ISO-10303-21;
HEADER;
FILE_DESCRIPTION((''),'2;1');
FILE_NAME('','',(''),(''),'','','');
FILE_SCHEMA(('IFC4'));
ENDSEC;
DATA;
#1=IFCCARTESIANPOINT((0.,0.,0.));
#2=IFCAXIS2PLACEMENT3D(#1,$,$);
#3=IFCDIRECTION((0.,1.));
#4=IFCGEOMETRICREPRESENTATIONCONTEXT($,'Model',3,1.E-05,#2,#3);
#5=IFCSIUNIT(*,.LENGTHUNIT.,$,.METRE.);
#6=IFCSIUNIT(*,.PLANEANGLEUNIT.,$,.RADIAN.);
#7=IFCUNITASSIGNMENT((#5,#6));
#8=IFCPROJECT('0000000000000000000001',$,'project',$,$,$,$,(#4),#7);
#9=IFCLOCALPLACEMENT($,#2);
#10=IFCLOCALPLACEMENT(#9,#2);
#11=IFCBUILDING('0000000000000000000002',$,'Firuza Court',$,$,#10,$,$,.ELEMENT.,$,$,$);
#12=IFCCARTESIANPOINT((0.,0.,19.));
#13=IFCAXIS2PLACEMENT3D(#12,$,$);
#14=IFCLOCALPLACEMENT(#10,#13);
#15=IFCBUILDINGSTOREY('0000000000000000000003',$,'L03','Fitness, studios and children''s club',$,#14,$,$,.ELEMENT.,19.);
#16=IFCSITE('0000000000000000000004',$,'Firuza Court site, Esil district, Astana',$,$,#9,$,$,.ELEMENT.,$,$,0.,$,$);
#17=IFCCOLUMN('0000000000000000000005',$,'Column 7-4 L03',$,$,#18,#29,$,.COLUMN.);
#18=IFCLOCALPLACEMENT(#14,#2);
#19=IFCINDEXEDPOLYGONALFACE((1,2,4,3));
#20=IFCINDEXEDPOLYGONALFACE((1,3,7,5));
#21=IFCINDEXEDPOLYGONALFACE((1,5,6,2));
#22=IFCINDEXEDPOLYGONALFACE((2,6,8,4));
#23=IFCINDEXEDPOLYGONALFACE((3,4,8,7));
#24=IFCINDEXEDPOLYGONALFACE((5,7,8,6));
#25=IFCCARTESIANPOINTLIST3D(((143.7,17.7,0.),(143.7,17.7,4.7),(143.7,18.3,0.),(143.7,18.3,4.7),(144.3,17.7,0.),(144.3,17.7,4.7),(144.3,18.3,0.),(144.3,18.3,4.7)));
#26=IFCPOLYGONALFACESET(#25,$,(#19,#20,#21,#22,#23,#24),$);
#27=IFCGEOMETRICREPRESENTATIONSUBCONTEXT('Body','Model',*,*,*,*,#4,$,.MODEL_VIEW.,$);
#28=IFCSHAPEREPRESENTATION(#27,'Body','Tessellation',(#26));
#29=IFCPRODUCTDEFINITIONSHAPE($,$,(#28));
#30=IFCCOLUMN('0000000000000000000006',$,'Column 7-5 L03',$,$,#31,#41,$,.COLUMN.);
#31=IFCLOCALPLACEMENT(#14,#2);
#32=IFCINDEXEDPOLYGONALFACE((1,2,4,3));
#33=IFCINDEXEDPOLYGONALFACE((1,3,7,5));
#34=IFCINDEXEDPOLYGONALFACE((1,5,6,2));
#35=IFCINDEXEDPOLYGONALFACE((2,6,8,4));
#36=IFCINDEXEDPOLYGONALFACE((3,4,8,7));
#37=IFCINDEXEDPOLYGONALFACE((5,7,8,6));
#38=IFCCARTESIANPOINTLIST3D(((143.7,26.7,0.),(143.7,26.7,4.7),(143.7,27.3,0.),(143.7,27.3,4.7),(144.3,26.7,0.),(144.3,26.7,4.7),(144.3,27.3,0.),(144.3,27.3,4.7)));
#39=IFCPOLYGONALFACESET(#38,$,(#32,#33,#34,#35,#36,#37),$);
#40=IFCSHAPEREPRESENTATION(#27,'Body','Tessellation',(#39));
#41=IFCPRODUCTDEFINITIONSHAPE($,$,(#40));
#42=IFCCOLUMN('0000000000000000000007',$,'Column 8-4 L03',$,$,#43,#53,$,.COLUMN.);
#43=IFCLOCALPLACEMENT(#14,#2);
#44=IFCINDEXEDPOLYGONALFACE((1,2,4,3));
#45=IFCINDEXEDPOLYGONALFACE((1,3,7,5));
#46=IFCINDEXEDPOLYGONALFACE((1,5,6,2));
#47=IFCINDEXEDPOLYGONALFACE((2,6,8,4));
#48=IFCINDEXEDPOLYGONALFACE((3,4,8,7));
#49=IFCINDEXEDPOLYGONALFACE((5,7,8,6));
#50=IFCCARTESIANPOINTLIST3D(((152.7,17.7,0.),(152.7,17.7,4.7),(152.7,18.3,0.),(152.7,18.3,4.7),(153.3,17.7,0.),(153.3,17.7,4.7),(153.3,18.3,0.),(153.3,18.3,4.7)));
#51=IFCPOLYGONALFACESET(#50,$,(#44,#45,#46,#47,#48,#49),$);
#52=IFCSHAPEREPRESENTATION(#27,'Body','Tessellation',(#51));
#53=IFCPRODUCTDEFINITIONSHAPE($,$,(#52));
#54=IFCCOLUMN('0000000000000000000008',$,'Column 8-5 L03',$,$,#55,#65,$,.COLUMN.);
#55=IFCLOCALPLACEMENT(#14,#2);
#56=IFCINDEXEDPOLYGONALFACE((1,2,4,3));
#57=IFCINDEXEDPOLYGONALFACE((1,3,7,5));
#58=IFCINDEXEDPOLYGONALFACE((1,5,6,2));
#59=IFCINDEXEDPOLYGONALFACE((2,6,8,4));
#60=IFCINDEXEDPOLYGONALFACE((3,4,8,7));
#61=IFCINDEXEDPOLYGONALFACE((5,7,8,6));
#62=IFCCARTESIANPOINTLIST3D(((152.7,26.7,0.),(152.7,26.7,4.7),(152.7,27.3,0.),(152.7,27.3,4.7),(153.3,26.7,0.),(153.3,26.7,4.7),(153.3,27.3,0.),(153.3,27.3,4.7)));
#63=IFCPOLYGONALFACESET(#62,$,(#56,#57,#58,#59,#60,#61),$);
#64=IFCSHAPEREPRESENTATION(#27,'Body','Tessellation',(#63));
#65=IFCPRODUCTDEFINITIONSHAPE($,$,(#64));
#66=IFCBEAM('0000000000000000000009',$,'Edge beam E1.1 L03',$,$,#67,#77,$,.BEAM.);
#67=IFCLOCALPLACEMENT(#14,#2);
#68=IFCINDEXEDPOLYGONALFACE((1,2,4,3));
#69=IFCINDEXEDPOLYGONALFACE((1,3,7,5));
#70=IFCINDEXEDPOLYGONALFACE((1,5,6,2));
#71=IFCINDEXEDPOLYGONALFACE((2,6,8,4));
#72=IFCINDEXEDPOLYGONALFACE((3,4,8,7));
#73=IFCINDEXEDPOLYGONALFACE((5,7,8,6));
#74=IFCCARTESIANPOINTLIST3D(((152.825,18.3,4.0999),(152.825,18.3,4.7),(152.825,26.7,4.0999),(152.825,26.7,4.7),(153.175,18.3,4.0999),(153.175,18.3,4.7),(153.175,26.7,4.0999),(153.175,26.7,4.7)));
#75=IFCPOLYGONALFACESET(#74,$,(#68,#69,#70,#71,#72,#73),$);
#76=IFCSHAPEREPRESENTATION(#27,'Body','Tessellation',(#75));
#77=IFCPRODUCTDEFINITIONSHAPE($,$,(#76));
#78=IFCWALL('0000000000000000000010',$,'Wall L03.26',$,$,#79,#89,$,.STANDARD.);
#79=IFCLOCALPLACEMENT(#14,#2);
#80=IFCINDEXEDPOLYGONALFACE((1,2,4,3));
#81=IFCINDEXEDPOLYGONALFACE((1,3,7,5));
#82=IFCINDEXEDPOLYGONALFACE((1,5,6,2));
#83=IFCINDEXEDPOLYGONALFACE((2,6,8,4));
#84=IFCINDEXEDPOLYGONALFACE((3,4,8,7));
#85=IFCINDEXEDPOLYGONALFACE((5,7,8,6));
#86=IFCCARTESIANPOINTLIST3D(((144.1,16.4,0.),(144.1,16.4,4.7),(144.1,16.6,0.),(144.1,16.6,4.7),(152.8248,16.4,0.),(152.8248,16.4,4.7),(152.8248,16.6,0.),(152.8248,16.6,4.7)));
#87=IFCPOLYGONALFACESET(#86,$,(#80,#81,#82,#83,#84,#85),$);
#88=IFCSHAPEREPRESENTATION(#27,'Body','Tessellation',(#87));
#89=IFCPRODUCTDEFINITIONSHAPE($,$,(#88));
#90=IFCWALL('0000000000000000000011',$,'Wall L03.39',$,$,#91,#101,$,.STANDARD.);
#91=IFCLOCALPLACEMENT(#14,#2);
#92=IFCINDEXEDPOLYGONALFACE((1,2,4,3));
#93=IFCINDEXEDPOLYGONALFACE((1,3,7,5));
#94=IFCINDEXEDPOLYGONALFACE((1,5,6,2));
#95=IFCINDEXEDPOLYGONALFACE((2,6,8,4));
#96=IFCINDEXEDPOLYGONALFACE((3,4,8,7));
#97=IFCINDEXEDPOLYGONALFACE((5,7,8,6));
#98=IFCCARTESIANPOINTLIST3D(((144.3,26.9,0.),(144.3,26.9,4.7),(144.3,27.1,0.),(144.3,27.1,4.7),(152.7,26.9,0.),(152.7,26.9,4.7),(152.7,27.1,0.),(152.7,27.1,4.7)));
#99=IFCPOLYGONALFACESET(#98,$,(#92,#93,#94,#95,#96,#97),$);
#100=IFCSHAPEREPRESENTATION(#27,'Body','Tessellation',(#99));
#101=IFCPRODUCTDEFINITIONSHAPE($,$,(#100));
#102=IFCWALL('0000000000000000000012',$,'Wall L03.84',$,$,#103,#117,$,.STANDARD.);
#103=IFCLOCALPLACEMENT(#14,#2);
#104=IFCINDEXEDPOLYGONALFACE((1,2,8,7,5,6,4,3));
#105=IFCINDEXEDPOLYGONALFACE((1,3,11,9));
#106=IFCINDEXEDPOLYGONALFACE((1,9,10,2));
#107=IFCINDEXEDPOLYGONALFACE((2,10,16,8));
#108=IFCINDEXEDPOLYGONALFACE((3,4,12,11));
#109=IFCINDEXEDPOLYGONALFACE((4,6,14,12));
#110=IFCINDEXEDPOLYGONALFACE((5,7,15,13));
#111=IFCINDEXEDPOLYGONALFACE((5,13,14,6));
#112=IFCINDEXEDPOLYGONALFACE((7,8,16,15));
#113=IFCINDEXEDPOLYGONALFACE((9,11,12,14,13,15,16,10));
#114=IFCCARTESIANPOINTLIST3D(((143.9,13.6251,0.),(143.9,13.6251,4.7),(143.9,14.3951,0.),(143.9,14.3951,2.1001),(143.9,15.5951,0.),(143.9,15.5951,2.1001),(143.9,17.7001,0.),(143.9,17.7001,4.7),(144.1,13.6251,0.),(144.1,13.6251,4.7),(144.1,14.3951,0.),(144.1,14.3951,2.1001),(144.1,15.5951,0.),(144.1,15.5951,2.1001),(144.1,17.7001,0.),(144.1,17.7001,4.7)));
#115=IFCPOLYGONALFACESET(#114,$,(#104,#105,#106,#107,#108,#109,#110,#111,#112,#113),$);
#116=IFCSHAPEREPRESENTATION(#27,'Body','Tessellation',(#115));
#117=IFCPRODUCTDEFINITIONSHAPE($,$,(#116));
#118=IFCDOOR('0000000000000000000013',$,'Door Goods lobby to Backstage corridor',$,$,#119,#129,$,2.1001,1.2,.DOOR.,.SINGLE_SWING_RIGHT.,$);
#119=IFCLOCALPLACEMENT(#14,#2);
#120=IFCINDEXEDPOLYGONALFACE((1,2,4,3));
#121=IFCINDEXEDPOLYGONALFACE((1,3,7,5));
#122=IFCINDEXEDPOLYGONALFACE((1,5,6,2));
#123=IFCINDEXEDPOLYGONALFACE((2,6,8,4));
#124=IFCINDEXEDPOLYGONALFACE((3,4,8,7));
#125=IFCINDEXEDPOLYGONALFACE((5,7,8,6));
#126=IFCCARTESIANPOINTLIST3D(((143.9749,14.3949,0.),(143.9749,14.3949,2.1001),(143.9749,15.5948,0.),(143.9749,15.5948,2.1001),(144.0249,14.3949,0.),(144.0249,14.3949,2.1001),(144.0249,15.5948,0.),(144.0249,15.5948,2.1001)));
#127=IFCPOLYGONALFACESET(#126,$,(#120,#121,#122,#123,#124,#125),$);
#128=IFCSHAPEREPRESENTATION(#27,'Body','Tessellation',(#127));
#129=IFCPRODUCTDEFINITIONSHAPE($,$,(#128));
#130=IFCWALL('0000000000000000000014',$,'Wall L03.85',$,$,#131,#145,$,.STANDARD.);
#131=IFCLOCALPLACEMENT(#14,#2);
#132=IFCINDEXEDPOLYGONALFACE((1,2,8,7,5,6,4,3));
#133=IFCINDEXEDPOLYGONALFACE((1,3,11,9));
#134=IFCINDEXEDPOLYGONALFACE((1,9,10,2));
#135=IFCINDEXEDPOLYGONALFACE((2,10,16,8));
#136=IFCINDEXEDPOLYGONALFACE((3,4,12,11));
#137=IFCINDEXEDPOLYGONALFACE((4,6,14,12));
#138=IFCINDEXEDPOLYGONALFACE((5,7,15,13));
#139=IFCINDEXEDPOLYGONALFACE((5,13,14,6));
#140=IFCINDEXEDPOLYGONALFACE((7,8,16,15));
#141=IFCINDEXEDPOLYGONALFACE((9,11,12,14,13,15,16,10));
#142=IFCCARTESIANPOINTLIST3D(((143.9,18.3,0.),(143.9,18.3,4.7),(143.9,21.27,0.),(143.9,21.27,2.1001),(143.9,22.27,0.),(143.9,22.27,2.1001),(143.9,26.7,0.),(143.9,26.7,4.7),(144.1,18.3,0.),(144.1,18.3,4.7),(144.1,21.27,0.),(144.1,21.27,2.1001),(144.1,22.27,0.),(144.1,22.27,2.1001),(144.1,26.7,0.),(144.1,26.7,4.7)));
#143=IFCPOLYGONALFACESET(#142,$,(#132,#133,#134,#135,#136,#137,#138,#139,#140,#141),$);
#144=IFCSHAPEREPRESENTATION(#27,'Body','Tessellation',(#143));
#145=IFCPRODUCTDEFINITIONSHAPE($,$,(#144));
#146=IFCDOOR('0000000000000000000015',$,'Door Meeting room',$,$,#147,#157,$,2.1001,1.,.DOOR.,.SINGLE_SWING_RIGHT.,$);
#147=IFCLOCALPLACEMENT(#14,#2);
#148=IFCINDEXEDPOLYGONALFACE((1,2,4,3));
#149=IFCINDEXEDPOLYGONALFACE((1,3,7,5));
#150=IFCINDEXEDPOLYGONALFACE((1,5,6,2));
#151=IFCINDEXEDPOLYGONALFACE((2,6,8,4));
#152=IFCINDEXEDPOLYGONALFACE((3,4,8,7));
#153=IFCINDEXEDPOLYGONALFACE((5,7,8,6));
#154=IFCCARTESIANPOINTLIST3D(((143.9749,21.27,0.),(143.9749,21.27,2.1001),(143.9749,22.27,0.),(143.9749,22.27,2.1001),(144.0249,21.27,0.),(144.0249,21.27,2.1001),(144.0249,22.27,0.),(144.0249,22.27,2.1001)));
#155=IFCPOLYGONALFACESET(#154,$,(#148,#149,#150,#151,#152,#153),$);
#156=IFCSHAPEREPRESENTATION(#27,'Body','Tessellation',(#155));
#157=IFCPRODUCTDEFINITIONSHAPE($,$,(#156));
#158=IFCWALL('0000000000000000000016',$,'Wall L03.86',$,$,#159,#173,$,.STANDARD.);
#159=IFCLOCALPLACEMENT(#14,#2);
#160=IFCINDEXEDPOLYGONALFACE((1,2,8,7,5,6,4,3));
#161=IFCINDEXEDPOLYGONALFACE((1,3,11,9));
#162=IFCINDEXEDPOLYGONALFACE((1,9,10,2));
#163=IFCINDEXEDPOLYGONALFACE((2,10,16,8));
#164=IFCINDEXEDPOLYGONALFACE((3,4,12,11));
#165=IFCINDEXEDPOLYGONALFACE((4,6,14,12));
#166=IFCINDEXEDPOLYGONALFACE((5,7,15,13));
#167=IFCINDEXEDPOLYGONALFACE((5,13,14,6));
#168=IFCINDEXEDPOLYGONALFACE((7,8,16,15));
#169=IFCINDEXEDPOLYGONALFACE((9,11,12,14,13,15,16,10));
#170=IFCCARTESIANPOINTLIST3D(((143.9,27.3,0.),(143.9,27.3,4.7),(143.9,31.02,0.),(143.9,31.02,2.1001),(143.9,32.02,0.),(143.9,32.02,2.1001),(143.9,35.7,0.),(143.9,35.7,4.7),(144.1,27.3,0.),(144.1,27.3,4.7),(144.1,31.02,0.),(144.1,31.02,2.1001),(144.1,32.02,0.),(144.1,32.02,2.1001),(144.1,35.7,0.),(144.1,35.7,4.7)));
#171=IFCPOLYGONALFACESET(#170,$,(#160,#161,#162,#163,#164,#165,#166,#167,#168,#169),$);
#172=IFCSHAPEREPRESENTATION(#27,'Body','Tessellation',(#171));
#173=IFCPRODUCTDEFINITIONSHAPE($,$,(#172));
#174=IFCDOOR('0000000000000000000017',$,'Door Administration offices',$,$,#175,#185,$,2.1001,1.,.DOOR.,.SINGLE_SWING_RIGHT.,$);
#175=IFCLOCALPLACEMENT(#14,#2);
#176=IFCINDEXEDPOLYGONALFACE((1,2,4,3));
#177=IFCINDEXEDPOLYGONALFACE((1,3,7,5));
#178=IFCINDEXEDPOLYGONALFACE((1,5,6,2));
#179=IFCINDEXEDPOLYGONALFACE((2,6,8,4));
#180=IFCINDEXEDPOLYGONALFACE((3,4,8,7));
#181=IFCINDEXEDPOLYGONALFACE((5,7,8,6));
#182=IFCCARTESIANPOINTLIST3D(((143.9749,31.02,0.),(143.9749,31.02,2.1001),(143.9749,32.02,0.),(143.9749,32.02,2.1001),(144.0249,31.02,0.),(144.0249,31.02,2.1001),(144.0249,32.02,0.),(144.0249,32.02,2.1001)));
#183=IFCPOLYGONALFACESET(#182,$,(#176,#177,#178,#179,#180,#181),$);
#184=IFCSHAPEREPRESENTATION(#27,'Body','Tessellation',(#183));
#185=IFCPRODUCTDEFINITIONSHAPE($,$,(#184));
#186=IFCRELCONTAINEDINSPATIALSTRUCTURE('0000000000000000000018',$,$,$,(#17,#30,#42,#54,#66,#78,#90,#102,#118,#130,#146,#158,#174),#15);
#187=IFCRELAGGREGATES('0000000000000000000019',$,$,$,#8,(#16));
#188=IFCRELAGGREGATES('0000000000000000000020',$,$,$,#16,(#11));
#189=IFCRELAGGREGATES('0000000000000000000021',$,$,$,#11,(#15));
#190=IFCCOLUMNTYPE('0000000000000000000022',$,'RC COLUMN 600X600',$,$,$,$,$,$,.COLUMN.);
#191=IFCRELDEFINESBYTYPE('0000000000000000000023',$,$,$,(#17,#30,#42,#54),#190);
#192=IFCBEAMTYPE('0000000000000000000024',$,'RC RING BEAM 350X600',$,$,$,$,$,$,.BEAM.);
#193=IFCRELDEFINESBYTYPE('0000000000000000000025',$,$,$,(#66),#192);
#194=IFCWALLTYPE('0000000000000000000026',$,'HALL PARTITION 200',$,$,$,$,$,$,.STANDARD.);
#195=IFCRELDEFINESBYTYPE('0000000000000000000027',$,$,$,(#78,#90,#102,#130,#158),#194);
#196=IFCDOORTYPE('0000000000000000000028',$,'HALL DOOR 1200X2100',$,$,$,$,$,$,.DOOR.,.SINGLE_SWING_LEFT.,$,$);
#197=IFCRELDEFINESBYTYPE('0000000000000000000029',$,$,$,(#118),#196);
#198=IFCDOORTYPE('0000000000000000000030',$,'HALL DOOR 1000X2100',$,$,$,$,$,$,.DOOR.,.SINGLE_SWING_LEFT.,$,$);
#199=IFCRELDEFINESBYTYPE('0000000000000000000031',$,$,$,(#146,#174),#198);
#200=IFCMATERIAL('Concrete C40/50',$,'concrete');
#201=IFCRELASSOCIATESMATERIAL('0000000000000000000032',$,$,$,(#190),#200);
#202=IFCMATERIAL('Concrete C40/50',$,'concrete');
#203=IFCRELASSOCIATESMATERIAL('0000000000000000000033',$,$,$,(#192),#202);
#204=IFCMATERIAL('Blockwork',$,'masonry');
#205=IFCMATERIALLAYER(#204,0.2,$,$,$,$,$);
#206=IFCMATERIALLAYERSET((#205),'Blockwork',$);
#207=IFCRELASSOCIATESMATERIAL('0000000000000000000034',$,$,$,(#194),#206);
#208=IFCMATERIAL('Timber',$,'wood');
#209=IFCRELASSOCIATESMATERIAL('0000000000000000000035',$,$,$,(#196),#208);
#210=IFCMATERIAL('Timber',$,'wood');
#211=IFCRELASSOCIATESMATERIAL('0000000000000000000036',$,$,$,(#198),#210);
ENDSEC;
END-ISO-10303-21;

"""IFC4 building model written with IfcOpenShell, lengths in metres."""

from ifc_helpers import new_model, si_unit, direction, frame, frame_2d, origin, origin_2d, place, context, subcontext, project, spatial, rectangle, extrude, material, layer, layer_set, material_profile, profile_set, type_object, element, fill, save


model = new_model("IFC4")

# Units and contexts
model_context = context("Model", 3, precision=1e-05, world=origin(), true_north=direction((0.0, 1.0)))
body_context = subcontext(model_context, "Body", "Model", "MODEL_VIEW")
ifc_project = project(units=[si_unit("LENGTHUNIT", "METRE"), si_unit("PLANEANGLEUNIT", "RADIAN")], contexts=[model_context])

# Site, building, storey
site_placement = place(None, origin())
site = spatial("IfcSite", under=ifc_project, at=site_placement, Name="Firuza Court site, Esil district, Astana", CompositionType="ELEMENT", RefElevation=0.0)
building_placement = place(site_placement, origin())
building = spatial("IfcBuilding", under=site, at=building_placement, Name="Firuza Court", CompositionType="ELEMENT")
storey_placement = place(building_placement, frame((0.0, 0.0, 19.0)))
storey = spatial("IfcBuildingStorey", under=building, at=storey_placement, Name="L03", Description="Fitness, studios and children's club", CompositionType="ELEMENT", Elevation=19.0)

# Columns
ifc_material_1 = material(Name="Concrete C40/50", Category="concrete")
ifc_material_profile_1 = material_profile(ifc_material_1, rectangle(XDim=0.6001, YDim=0.6001, at=origin_2d()), Name="RC 600X600")
ifc_profile_set_1 = profile_set([ifc_material_profile_1], Name="Concrete C40/50")
column_type = type_object("IfcColumnType", Name="RC COLUMN 600X600", PredefinedType="COLUMN", material=ifc_profile_set_1)
for number, where, z_axis, x_axis, name in (
    (1, (144.0, 18.0, 0.0), (0.0, 0.0, 1.0), (1.0, 0.0, 0.0), "Column 7-4 L03"),
    (2, (144.0, 27.0, 0.0), (0.0, 0.0, 1.0), (1.0, 0.0, 0.0), "Column 7-5 L03"),
    (3, (153.0, 18.0, 0.0), (0.0, 0.0, 1.0), (1.0, 0.0, 0.0), "Column 8-4 L03"),
    (4, (153.0, 27.0, 0.0), (0.0, 0.0, 1.0), (1.0, 0.0, 0.0), "Column 8-5 L03"),
):
    element("IfcColumn", number, at=place(storey_placement, frame(where, z_axis=z_axis, x_axis=x_axis)), inside=storey, type_object=column_type, Name=name, PredefinedType="COLUMN", context=body_context, shape_type="SweptSolid", body=[
        extrude(rectangle(XDim=0.6001, YDim=0.6001, at=origin_2d()), origin(), (0.0, 0.0, 1.0), 4.7),
    ])

# Beam
ifc_material_2 = material(Name="Concrete C40/50", Category="concrete")
ifc_material_profile_2 = material_profile(ifc_material_2, rectangle(XDim=0.3501, YDim=0.6001, at=origin_2d()), Name="RC 350X600")
ifc_profile_set_2 = profile_set([ifc_material_profile_2], Name="Concrete C40/50")
beam_type = type_object("IfcBeamType", Name="RC RING BEAM 350X600", PredefinedType="BEAM", material=ifc_profile_set_2)
beam_placement = place(storey_placement, frame((153.0, 18.3, 4.3999), z_axis=(0.0, 1.0, 0.0), x_axis=(-1.0, 0.0, 0.0)))
element("IfcBeam", 5, at=beam_placement, inside=storey, type_object=beam_type, Name="Edge beam E1.1 L03", PredefinedType="BEAM", context=body_context, shape_type="SweptSolid", body=[
    extrude(rectangle(XDim=0.3501, YDim=0.6001, at=origin_2d()), origin(), (0.0, 0.0, 1.0), 8.3999),
])

# Walls
ifc_material_3 = material(Name="Blockwork", Category="masonry")
ifc_layer_1 = layer(ifc_material_3, 0.2)
ifc_layer_set_1 = layer_set([ifc_layer_1], Name="Blockwork")
wall_type_1 = type_object("IfcWallType", Name="HALL PARTITION 200", PredefinedType="STANDARD", material=ifc_layer_set_1)
wall_1_placement = place(storey_placement, frame((144.1001, 16.5, 0.0), z_axis=(0.0, 0.0, 1.0), x_axis=(1.0, 0.0, 0.0)))
element("IfcWall", 6, at=wall_1_placement, inside=storey, type_object=wall_type_1, Name="Wall L03.26", PredefinedType="STANDARD", context=body_context, shape_type="SweptSolid", body=[
    extrude(rectangle(XDim=8.7249, YDim=0.2, at=frame_2d((4.3623, 0.0))), origin(), (0.0, 0.0, 1.0), 4.7),
])
wall_2_placement = place(storey_placement, frame((144.3, 27.0, 0.0), z_axis=(0.0, 0.0, 1.0), x_axis=(1.0, 0.0, 0.0)))
element("IfcWall", 7, at=wall_2_placement, inside=storey, type_object=wall_type_1, Name="Wall L03.39", PredefinedType="STANDARD", context=body_context, shape_type="SweptSolid", body=[
    extrude(rectangle(XDim=8.3999, YDim=0.2, at=frame_2d((4.2, 0.0))), origin(), (0.0, 0.0, 1.0), 4.7),
])

# Walls, openings, doors
wall_3_placement = place(storey_placement, frame((144.0, 13.625, 0.0), z_axis=(0.0, 0.0, 1.0), x_axis=(0.0, 1.0, 0.0)))
wall_3 = element("IfcWall", 8, at=wall_3_placement, inside=storey, type_object=wall_type_1, Name="Wall L03.84", PredefinedType="STANDARD", context=body_context, shape_type="SweptSolid", body=[
    extrude(rectangle(XDim=4.075, YDim=0.2, at=frame_2d((2.0376, 0.0))), origin(), (0.0, 0.0, 1.0), 4.7),
])
opening_1_placement = place(wall_3_placement, frame((0.77, 0.0, 0.0)))
opening_1 = element("IfcOpeningElement", 9, at=opening_1_placement, cuts=wall_3, PredefinedType="OPENING", context=body_context, shape_type="SweptSolid", body=[
    extrude(rectangle(XDim=1.2, YDim=2.1001, at=frame_2d((0.6001, 1.05))), frame((0.0, 0.1118, 0.0), z_axis=(0.0, -1.0, 0.0), x_axis=(1.0, 0.0, 0.0)), (0.0, 0.0, 1.0), 0.2239),
])
ifc_material_4 = material(Name="Timber", Category="wood")
door_type_1 = type_object("IfcDoorType", Name="HALL DOOR 1200X2100", OperationType="SINGLE_SWING_LEFT", PredefinedType="DOOR", material=ifc_material_4)
door_1_placement = place(opening_1_placement, frame((1.2, 0.0, 0.0), z_axis=(0.0, 0.0, 1.0), x_axis=(-1.0, 0.0, 0.0)))
door_1 = element("IfcDoor", 10, at=door_1_placement, inside=storey, type_object=door_type_1, Name="Door Goods lobby to Backstage corridor", OperationType="SINGLE_SWING_RIGHT", OverallHeight=2.1001, OverallWidth=1.2, PredefinedType="DOOR", context=body_context, shape_type="SweptSolid", body=[
    extrude(rectangle(XDim=1.2, YDim=2.1001, at=frame_2d((0.6001, 1.05))), frame((0.0, 0.0249, 0.0), z_axis=(0.0, -1.0, 0.0), x_axis=(1.0, 0.0, 0.0)), (0.0, 0.0, 1.0), 0.05),
])
fill(opening_1, door_1)
wall_4_placement = place(storey_placement, frame((144.0, 18.3, 0.0), z_axis=(0.0, 0.0, 1.0), x_axis=(0.0, 1.0, 0.0)))
wall_4 = element("IfcWall", 11, at=wall_4_placement, inside=storey, type_object=wall_type_1, Name="Wall L03.85", PredefinedType="STANDARD", context=body_context, shape_type="SweptSolid", body=[
    extrude(rectangle(XDim=8.3999, YDim=0.2, at=frame_2d((4.2, 0.0))), origin(), (0.0, 0.0, 1.0), 4.7),
])
opening_2_placement = place(wall_4_placement, frame((2.97, 0.0, 0.0)))
opening_2 = element("IfcOpeningElement", 12, at=opening_2_placement, cuts=wall_4, PredefinedType="OPENING", context=body_context, shape_type="SweptSolid", body=[
    extrude(rectangle(XDim=1.0, YDim=2.1001, at=frame_2d((0.5, 1.05))), frame((0.0, 0.1118, 0.0), z_axis=(0.0, -1.0, 0.0), x_axis=(1.0, 0.0, 0.0)), (0.0, 0.0, 1.0), 0.2239),
])
ifc_material_5 = material(Name="Timber", Category="wood")
door_type_2 = type_object("IfcDoorType", Name="HALL DOOR 1000X2100", OperationType="SINGLE_SWING_LEFT", PredefinedType="DOOR", material=ifc_material_5)
door_2_placement = place(opening_2_placement, frame((1.0, 0.0, 0.0), z_axis=(0.0, 0.0, 1.0), x_axis=(-1.0, 0.0, 0.0)))
door_2 = element("IfcDoor", 13, at=door_2_placement, inside=storey, type_object=door_type_2, Name="Door Meeting room", OperationType="SINGLE_SWING_RIGHT", OverallHeight=2.1001, OverallWidth=1.0, PredefinedType="DOOR", context=body_context, shape_type="SweptSolid", body=[
    extrude(rectangle(XDim=1.0, YDim=2.1001, at=frame_2d((0.5, 1.05))), frame((0.0, 0.0249, 0.0), z_axis=(0.0, -1.0, 0.0), x_axis=(1.0, 0.0, 0.0)), (0.0, 0.0, 1.0), 0.05),
])
fill(opening_2, door_2)
wall_5_placement = place(storey_placement, frame((144.0, 27.3, 0.0), z_axis=(0.0, 0.0, 1.0), x_axis=(0.0, 1.0, 0.0)))
wall_5 = element("IfcWall", 14, at=wall_5_placement, inside=storey, type_object=wall_type_1, Name="Wall L03.86", PredefinedType="STANDARD", context=body_context, shape_type="SweptSolid", body=[
    extrude(rectangle(XDim=8.3999, YDim=0.2, at=frame_2d((4.2, 0.0))), origin(), (0.0, 0.0, 1.0), 4.7),
])
opening_3_placement = place(wall_5_placement, frame((3.72, 0.0, 0.0)))
opening_3 = element("IfcOpeningElement", 15, at=opening_3_placement, cuts=wall_5, PredefinedType="OPENING", context=body_context, shape_type="SweptSolid", body=[
    extrude(rectangle(XDim=1.0, YDim=2.1001, at=frame_2d((0.5, 1.05))), frame((0.0, 0.1118, 0.0), z_axis=(0.0, -1.0, 0.0), x_axis=(1.0, 0.0, 0.0)), (0.0, 0.0, 1.0), 0.2239),
])
door_3_placement = place(opening_3_placement, frame((1.0, 0.0, 0.0), z_axis=(0.0, 0.0, 1.0), x_axis=(-1.0, 0.0, 0.0)))
door_3 = element("IfcDoor", 16, at=door_3_placement, inside=storey, type_object=door_type_2, Name="Door Administration offices", OperationType="SINGLE_SWING_RIGHT", OverallHeight=2.1001, OverallWidth=1.0, PredefinedType="DOOR", context=body_context, shape_type="SweptSolid", body=[
    extrude(rectangle(XDim=1.0, YDim=2.1001, at=frame_2d((0.5, 1.05))), frame((0.0, 0.0249, 0.0), z_axis=(0.0, -1.0, 0.0), x_axis=(1.0, 0.0, 0.0)), (0.0, 0.0, 1.0), 0.05),
])
fill(opening_3, door_3)

save(model, "model.ifc")
